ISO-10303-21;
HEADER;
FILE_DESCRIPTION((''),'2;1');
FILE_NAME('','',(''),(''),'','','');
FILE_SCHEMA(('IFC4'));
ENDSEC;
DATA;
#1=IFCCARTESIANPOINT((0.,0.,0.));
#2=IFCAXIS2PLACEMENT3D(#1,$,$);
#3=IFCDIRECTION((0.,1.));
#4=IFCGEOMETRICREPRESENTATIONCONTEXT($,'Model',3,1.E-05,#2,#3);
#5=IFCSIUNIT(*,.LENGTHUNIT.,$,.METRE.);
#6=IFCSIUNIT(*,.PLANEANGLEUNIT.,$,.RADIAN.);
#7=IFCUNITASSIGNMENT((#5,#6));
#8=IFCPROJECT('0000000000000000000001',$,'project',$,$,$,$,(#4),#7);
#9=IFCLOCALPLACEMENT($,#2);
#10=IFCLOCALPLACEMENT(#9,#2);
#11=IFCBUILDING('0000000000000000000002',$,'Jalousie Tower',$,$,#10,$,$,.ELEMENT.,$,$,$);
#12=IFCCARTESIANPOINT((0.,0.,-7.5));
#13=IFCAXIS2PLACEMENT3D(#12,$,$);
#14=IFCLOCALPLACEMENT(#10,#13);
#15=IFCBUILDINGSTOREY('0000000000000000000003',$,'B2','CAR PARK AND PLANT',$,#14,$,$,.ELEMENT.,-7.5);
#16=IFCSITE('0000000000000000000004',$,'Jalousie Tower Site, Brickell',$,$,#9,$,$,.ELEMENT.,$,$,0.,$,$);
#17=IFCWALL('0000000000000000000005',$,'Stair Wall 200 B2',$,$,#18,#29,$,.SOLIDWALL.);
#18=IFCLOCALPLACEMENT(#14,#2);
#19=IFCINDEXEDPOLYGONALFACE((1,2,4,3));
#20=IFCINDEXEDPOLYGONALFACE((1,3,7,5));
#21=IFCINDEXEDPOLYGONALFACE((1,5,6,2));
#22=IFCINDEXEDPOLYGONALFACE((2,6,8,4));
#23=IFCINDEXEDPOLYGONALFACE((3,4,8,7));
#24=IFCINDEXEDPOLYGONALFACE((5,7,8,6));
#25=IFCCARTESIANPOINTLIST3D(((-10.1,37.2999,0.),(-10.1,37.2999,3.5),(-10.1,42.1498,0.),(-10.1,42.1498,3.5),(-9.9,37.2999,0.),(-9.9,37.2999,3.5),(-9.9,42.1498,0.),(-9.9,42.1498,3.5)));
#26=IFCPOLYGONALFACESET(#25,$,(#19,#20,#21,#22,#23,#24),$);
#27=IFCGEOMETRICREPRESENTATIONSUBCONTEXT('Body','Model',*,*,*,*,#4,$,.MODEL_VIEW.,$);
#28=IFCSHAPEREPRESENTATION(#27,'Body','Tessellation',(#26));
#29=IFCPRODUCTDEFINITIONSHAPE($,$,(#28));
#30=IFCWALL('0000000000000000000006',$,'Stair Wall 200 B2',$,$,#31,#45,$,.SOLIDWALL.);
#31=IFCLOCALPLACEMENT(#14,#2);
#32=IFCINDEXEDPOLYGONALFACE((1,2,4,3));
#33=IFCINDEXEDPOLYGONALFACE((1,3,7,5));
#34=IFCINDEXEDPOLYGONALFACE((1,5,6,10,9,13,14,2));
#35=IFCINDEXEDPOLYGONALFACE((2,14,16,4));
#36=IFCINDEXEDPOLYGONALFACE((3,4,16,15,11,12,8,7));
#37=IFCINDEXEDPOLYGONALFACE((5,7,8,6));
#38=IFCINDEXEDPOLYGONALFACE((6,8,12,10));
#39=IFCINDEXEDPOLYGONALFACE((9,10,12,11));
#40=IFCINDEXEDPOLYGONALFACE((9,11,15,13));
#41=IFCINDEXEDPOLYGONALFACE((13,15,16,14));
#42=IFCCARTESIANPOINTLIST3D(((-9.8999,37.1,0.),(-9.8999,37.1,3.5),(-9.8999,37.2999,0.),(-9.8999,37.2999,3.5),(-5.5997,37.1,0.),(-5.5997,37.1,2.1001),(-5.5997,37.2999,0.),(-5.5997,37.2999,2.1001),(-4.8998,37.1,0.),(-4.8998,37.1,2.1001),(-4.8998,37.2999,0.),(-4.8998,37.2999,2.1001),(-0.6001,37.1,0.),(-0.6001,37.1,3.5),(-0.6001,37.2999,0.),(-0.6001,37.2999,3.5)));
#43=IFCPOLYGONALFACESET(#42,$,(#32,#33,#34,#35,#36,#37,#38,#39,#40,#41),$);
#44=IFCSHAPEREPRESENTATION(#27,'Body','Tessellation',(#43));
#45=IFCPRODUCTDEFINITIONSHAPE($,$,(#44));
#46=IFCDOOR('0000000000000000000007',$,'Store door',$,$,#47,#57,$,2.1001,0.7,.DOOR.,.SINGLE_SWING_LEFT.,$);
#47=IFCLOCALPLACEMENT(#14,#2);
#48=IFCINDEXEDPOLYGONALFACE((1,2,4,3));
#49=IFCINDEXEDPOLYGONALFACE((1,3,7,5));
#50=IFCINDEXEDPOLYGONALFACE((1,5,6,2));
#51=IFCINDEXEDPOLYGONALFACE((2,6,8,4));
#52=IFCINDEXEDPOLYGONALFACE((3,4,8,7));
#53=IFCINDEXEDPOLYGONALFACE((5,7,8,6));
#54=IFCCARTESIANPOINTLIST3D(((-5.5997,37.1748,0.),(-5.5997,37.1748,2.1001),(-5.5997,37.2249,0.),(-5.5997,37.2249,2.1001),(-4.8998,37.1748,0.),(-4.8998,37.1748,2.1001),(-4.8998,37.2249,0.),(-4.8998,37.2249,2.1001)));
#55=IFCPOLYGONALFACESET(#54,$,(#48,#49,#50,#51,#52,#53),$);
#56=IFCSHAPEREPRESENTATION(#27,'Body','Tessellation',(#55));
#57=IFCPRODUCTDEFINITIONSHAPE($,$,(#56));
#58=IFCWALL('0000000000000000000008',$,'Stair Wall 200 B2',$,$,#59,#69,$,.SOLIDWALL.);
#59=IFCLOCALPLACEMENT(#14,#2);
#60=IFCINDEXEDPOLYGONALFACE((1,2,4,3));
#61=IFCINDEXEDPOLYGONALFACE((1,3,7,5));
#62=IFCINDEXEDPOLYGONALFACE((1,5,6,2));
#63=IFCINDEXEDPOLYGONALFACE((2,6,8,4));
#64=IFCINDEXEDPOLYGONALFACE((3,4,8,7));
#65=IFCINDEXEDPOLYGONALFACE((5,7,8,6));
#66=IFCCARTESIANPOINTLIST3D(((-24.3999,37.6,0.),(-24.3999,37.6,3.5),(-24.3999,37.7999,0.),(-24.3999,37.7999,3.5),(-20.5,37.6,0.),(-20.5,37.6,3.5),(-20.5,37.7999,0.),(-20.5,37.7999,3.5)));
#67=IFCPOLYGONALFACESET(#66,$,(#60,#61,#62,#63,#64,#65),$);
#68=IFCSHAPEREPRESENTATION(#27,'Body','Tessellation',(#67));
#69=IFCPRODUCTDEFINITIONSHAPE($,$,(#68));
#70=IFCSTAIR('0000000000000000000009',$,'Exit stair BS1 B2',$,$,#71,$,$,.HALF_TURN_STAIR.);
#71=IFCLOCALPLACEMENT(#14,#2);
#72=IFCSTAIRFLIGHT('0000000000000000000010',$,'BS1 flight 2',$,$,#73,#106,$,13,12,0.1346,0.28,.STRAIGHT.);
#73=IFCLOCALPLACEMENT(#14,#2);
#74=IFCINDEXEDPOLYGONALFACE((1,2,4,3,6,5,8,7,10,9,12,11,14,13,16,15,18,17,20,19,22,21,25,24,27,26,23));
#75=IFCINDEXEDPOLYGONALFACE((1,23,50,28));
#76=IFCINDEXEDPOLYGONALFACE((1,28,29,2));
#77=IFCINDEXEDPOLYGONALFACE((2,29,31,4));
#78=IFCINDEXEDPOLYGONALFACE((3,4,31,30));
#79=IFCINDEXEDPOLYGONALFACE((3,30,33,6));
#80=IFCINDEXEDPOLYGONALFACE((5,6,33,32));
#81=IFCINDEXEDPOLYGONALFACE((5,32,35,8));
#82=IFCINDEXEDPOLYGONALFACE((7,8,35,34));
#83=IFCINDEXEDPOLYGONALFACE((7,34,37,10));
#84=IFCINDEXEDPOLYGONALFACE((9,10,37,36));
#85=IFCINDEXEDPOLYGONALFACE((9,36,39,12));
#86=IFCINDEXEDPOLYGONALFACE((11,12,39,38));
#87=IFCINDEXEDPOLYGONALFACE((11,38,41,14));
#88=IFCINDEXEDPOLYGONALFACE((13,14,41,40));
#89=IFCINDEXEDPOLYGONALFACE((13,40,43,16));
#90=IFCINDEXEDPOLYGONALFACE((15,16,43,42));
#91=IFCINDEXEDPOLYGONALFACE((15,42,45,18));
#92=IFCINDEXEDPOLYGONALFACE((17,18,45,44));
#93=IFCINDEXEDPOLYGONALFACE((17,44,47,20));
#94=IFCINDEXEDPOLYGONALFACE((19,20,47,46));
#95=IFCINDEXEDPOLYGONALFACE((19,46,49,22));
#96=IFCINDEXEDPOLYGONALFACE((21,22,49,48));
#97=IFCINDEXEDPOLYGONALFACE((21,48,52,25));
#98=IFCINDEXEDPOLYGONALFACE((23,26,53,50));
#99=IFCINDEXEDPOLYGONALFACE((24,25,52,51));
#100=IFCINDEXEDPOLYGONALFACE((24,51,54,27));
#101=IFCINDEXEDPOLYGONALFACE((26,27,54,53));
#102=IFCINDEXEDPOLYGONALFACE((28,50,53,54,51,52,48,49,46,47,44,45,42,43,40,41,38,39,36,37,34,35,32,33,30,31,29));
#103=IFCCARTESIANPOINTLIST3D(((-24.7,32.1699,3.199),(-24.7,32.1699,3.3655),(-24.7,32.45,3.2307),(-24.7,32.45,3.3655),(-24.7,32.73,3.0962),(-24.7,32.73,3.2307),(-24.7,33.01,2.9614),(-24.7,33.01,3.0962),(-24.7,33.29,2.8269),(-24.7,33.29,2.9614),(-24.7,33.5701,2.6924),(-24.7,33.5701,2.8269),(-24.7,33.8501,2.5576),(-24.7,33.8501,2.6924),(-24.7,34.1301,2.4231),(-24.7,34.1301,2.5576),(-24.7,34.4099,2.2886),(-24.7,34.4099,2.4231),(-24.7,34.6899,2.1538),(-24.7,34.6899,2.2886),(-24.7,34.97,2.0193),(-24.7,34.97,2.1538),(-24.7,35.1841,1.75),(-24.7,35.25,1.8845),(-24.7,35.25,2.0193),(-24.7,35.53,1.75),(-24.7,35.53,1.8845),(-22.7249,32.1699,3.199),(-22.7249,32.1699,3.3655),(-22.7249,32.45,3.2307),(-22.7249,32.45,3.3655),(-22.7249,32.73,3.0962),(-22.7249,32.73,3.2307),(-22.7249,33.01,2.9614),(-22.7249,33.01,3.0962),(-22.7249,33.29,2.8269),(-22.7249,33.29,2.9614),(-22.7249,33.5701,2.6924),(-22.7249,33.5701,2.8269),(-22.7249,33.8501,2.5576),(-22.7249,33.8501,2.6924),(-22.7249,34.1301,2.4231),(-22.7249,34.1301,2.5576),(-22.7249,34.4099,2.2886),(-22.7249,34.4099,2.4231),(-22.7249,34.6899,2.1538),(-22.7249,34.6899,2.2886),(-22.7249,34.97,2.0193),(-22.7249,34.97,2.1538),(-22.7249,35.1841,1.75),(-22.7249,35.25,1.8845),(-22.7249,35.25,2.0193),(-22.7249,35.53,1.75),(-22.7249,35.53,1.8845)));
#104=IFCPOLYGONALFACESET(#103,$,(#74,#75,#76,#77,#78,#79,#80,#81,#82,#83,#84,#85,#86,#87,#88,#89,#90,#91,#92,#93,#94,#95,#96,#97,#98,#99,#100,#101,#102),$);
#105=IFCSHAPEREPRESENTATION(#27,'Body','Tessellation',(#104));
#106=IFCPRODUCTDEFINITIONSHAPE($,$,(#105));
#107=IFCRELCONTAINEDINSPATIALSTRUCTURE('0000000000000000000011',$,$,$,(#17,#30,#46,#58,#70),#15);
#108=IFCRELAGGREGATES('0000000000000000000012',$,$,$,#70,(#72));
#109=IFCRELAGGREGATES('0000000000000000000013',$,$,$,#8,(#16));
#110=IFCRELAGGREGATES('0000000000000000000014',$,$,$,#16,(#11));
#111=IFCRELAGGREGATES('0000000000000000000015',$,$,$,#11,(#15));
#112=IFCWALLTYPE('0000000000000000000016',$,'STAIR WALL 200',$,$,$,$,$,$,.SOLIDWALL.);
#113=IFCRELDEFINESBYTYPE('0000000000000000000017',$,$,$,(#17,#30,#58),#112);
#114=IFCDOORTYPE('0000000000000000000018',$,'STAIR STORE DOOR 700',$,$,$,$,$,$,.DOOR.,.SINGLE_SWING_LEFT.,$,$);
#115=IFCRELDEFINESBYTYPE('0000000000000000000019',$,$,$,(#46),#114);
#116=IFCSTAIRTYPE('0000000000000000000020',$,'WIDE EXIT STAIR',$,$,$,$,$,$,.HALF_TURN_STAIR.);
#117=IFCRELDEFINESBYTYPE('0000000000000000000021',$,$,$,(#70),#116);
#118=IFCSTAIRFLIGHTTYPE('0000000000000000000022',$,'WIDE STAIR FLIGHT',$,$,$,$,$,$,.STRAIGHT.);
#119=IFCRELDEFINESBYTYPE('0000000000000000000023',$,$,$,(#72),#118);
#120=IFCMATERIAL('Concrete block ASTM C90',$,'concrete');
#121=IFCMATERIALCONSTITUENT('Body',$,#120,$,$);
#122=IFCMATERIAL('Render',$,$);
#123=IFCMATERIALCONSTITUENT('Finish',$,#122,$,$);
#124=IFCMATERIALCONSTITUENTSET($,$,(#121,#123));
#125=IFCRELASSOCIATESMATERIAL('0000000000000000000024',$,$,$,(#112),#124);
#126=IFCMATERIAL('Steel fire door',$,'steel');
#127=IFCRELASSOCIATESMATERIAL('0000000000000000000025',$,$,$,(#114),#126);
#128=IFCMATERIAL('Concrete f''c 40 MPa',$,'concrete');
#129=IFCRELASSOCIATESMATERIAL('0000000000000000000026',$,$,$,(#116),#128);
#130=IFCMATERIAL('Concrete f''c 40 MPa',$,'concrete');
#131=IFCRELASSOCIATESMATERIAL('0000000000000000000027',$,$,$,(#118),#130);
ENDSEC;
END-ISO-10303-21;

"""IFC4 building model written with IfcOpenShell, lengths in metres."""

from ifc_helpers import new_model, si_unit, direction, frame, frame_2d, origin, place, context, subcontext, project, spatial, polyline, rectangle, outline, extrude, material, constituent, constituent_set, type_object, element, fill, aggregate, save


model = new_model("IFC4")

# Units and contexts
model_context = context("Model", 3, precision=1e-05, world=origin(), true_north=direction((0.0, 1.0)))
body_context = subcontext(model_context, "Body", "Model", "MODEL_VIEW")
ifc_project = project(units=[si_unit("LENGTHUNIT", "METRE"), si_unit("PLANEANGLEUNIT", "RADIAN")], contexts=[model_context])

# Site, building, storey
site_placement = place(None, origin())
site = spatial("IfcSite", under=ifc_project, at=site_placement, Name="Jalousie Tower Site, Brickell", CompositionType="ELEMENT", RefElevation=0.0)
building_placement = place(site_placement, origin())
building = spatial("IfcBuilding", under=site, at=building_placement, Name="Jalousie Tower", CompositionType="ELEMENT")
storey_placement = place(building_placement, frame((0.0, 0.0, -7.5)))
storey = spatial("IfcBuildingStorey", under=building, at=storey_placement, Name="B2", Description="CAR PARK AND PLANT", CompositionType="ELEMENT", Elevation=-7.5)

# Wall
ifc_material_1 = material(Name="Concrete block ASTM C90", Category="concrete")
ifc_constituent_1 = constituent(ifc_material_1, Name="Body")
ifc_material_2 = material(Name="Render")
ifc_constituent_2 = constituent(ifc_material_2, Name="Finish")
ifc_constituent_set_1 = constituent_set(constituents=[ifc_constituent_1, ifc_constituent_2])
wall_type_1 = type_object("IfcWallType", Name="STAIR WALL 200", PredefinedType="SOLIDWALL", material=ifc_constituent_set_1)
wall_1_placement = place(storey_placement, frame((-10.0, 37.3, 0.0), z_axis=(0.0, 0.0, 1.0), x_axis=(0.0, 1.0, 0.0)))
element("IfcWall", 1, at=wall_1_placement, inside=storey, type_object=wall_type_1, Name="Stair Wall 200 B2", PredefinedType="SOLIDWALL", context=body_context, shape_type="SweptSolid", body=[
    extrude(rectangle(XDim=4.8499, YDim=0.2, at=frame_2d((2.4248, 0.0))), origin(), (0.0, 0.0, 1.0), 3.5),
])

# Wall, opening, door
wall_2_placement = place(storey_placement, frame((-9.8999, 37.2, 0.0), z_axis=(0.0, 0.0, 1.0), x_axis=(1.0, 0.0, 0.0)))
wall_2 = element("IfcWall", 2, at=wall_2_placement, inside=storey, type_object=wall_type_1, Name="Stair Wall 200 B2", PredefinedType="SOLIDWALL", context=body_context, shape_type="SweptSolid", body=[
    extrude(rectangle(XDim=9.2998, YDim=0.2, at=frame_2d((4.6499, 0.0))), origin(), (0.0, 0.0, 1.0), 3.5),
])
opening_1_placement = place(wall_2_placement, frame((4.3, 0.0, 0.0)))
opening_1 = element("IfcOpeningElement", 3, at=opening_1_placement, cuts=wall_2, PredefinedType="OPENING", context=body_context, shape_type="SweptSolid", body=[
    extrude(rectangle(XDim=0.7, YDim=2.1001, at=frame_2d((0.3501, 1.05))), frame((0.0, 0.1099, 0.0), z_axis=(0.0, -1.0, 0.0), x_axis=(1.0, 0.0, 0.0)), (0.0, 0.0, 1.0), 0.22),
])
ifc_material_3 = material(Name="Steel fire door", Category="steel")
door_type_1 = type_object("IfcDoorType", Name="STAIR STORE DOOR 700", OperationType="SINGLE_SWING_LEFT", PredefinedType="DOOR", material=ifc_material_3)
door_1_placement = place(opening_1_placement, origin())
door_1 = element("IfcDoor", 4, at=door_1_placement, inside=storey, type_object=door_type_1, Name="Store door", OperationType="SINGLE_SWING_LEFT", OverallHeight=2.1001, OverallWidth=0.7, PredefinedType="DOOR", context=body_context, shape_type="SweptSolid", body=[
    extrude(rectangle(XDim=0.7, YDim=2.1001, at=frame_2d((0.3501, 1.05))), frame((0.0, 0.0249, 0.0), z_axis=(0.0, -1.0, 0.0), x_axis=(1.0, 0.0, 0.0)), (0.0, 0.0, 1.0), 0.05),
])
fill(opening_1, door_1)

# Wall
wall_3_placement = place(storey_placement, frame((-24.3999, 37.7, 0.0), z_axis=(0.0, 0.0, 1.0), x_axis=(1.0, 0.0, 0.0)))
element("IfcWall", 5, at=wall_3_placement, inside=storey, type_object=wall_type_1, Name="Stair Wall 200 B2", PredefinedType="SOLIDWALL", context=body_context, shape_type="SweptSolid", body=[
    extrude(rectangle(XDim=3.8999, YDim=0.2, at=frame_2d((1.95, 0.0))), origin(), (0.0, 0.0, 1.0), 3.5),
])

# Stair, stair flight
ifc_material_4 = material(Name="Concrete f'c 40 MPa", Category="concrete")
stair_type = type_object("IfcStairType", Name="WIDE EXIT STAIR", PredefinedType="HALF_TURN_STAIR", material=ifc_material_4)
stair_placement = place(storey_placement, origin())
stair = element("IfcStair", 6, at=stair_placement, inside=storey, type_object=stair_type, Name="Exit stair BS1 B2", PredefinedType="HALF_TURN_STAIR")
ifc_material_5 = material(Name="Concrete f'c 40 MPa", Category="concrete")
stair_flight_type = type_object("IfcStairFlightType", Name="WIDE STAIR FLIGHT", PredefinedType="STRAIGHT", material=ifc_material_5)
stair_flight_placement = place(storey_placement, frame((-23.7124, 35.53, 1.75), z_axis=(0.0, 0.0, 1.0), x_axis=(0.0, -1.0, 0.0)))
stair_flight = element("IfcStairFlight", 7, at=stair_flight_placement, type_object=stair_flight_type, Name="BS1 flight 2", NumberOfRisers=13, NumberOfTreads=12, PredefinedType="STRAIGHT", RiserHeight=0.1346, TreadLength=0.28, context=body_context, shape_type="SweptSolid", body=[
    extrude(outline(polyline([(0.0, 0.0), (0.0, 0.1345), (0.28, 0.1345), (0.28, 0.2693), (0.5601, 0.2693), (0.5601, 0.4038), (0.8401, 0.4038), (0.8401, 0.5386), (1.1201, 0.5386), (1.1201, 0.6731), (1.3999, 0.6731), (1.3999, 0.8076), (1.6799, 0.8076), (1.6799, 0.9424), (1.96, 0.9424), (1.96, 1.0769), (2.24, 1.0769), (2.24, 1.2114), (2.52, 1.2114), (2.52, 1.3462), (2.8, 1.3462), (2.8, 1.4807), (3.0801, 1.4807), (3.0801, 1.6155), (3.3601, 1.6155), (3.3601, 1.75), (3.3601, 1.449), (0.3459, 0.0), (0.0, 0.0)])), frame((0.0, 0.9875, 0.0), z_axis=(0.0, -1.0, 0.0), x_axis=(1.0, 0.0, 0.0)), (0.0, 0.0, 1.0), 1.9751),
])
aggregate(stair, [stair_flight])

save(model, "model.ifc")
